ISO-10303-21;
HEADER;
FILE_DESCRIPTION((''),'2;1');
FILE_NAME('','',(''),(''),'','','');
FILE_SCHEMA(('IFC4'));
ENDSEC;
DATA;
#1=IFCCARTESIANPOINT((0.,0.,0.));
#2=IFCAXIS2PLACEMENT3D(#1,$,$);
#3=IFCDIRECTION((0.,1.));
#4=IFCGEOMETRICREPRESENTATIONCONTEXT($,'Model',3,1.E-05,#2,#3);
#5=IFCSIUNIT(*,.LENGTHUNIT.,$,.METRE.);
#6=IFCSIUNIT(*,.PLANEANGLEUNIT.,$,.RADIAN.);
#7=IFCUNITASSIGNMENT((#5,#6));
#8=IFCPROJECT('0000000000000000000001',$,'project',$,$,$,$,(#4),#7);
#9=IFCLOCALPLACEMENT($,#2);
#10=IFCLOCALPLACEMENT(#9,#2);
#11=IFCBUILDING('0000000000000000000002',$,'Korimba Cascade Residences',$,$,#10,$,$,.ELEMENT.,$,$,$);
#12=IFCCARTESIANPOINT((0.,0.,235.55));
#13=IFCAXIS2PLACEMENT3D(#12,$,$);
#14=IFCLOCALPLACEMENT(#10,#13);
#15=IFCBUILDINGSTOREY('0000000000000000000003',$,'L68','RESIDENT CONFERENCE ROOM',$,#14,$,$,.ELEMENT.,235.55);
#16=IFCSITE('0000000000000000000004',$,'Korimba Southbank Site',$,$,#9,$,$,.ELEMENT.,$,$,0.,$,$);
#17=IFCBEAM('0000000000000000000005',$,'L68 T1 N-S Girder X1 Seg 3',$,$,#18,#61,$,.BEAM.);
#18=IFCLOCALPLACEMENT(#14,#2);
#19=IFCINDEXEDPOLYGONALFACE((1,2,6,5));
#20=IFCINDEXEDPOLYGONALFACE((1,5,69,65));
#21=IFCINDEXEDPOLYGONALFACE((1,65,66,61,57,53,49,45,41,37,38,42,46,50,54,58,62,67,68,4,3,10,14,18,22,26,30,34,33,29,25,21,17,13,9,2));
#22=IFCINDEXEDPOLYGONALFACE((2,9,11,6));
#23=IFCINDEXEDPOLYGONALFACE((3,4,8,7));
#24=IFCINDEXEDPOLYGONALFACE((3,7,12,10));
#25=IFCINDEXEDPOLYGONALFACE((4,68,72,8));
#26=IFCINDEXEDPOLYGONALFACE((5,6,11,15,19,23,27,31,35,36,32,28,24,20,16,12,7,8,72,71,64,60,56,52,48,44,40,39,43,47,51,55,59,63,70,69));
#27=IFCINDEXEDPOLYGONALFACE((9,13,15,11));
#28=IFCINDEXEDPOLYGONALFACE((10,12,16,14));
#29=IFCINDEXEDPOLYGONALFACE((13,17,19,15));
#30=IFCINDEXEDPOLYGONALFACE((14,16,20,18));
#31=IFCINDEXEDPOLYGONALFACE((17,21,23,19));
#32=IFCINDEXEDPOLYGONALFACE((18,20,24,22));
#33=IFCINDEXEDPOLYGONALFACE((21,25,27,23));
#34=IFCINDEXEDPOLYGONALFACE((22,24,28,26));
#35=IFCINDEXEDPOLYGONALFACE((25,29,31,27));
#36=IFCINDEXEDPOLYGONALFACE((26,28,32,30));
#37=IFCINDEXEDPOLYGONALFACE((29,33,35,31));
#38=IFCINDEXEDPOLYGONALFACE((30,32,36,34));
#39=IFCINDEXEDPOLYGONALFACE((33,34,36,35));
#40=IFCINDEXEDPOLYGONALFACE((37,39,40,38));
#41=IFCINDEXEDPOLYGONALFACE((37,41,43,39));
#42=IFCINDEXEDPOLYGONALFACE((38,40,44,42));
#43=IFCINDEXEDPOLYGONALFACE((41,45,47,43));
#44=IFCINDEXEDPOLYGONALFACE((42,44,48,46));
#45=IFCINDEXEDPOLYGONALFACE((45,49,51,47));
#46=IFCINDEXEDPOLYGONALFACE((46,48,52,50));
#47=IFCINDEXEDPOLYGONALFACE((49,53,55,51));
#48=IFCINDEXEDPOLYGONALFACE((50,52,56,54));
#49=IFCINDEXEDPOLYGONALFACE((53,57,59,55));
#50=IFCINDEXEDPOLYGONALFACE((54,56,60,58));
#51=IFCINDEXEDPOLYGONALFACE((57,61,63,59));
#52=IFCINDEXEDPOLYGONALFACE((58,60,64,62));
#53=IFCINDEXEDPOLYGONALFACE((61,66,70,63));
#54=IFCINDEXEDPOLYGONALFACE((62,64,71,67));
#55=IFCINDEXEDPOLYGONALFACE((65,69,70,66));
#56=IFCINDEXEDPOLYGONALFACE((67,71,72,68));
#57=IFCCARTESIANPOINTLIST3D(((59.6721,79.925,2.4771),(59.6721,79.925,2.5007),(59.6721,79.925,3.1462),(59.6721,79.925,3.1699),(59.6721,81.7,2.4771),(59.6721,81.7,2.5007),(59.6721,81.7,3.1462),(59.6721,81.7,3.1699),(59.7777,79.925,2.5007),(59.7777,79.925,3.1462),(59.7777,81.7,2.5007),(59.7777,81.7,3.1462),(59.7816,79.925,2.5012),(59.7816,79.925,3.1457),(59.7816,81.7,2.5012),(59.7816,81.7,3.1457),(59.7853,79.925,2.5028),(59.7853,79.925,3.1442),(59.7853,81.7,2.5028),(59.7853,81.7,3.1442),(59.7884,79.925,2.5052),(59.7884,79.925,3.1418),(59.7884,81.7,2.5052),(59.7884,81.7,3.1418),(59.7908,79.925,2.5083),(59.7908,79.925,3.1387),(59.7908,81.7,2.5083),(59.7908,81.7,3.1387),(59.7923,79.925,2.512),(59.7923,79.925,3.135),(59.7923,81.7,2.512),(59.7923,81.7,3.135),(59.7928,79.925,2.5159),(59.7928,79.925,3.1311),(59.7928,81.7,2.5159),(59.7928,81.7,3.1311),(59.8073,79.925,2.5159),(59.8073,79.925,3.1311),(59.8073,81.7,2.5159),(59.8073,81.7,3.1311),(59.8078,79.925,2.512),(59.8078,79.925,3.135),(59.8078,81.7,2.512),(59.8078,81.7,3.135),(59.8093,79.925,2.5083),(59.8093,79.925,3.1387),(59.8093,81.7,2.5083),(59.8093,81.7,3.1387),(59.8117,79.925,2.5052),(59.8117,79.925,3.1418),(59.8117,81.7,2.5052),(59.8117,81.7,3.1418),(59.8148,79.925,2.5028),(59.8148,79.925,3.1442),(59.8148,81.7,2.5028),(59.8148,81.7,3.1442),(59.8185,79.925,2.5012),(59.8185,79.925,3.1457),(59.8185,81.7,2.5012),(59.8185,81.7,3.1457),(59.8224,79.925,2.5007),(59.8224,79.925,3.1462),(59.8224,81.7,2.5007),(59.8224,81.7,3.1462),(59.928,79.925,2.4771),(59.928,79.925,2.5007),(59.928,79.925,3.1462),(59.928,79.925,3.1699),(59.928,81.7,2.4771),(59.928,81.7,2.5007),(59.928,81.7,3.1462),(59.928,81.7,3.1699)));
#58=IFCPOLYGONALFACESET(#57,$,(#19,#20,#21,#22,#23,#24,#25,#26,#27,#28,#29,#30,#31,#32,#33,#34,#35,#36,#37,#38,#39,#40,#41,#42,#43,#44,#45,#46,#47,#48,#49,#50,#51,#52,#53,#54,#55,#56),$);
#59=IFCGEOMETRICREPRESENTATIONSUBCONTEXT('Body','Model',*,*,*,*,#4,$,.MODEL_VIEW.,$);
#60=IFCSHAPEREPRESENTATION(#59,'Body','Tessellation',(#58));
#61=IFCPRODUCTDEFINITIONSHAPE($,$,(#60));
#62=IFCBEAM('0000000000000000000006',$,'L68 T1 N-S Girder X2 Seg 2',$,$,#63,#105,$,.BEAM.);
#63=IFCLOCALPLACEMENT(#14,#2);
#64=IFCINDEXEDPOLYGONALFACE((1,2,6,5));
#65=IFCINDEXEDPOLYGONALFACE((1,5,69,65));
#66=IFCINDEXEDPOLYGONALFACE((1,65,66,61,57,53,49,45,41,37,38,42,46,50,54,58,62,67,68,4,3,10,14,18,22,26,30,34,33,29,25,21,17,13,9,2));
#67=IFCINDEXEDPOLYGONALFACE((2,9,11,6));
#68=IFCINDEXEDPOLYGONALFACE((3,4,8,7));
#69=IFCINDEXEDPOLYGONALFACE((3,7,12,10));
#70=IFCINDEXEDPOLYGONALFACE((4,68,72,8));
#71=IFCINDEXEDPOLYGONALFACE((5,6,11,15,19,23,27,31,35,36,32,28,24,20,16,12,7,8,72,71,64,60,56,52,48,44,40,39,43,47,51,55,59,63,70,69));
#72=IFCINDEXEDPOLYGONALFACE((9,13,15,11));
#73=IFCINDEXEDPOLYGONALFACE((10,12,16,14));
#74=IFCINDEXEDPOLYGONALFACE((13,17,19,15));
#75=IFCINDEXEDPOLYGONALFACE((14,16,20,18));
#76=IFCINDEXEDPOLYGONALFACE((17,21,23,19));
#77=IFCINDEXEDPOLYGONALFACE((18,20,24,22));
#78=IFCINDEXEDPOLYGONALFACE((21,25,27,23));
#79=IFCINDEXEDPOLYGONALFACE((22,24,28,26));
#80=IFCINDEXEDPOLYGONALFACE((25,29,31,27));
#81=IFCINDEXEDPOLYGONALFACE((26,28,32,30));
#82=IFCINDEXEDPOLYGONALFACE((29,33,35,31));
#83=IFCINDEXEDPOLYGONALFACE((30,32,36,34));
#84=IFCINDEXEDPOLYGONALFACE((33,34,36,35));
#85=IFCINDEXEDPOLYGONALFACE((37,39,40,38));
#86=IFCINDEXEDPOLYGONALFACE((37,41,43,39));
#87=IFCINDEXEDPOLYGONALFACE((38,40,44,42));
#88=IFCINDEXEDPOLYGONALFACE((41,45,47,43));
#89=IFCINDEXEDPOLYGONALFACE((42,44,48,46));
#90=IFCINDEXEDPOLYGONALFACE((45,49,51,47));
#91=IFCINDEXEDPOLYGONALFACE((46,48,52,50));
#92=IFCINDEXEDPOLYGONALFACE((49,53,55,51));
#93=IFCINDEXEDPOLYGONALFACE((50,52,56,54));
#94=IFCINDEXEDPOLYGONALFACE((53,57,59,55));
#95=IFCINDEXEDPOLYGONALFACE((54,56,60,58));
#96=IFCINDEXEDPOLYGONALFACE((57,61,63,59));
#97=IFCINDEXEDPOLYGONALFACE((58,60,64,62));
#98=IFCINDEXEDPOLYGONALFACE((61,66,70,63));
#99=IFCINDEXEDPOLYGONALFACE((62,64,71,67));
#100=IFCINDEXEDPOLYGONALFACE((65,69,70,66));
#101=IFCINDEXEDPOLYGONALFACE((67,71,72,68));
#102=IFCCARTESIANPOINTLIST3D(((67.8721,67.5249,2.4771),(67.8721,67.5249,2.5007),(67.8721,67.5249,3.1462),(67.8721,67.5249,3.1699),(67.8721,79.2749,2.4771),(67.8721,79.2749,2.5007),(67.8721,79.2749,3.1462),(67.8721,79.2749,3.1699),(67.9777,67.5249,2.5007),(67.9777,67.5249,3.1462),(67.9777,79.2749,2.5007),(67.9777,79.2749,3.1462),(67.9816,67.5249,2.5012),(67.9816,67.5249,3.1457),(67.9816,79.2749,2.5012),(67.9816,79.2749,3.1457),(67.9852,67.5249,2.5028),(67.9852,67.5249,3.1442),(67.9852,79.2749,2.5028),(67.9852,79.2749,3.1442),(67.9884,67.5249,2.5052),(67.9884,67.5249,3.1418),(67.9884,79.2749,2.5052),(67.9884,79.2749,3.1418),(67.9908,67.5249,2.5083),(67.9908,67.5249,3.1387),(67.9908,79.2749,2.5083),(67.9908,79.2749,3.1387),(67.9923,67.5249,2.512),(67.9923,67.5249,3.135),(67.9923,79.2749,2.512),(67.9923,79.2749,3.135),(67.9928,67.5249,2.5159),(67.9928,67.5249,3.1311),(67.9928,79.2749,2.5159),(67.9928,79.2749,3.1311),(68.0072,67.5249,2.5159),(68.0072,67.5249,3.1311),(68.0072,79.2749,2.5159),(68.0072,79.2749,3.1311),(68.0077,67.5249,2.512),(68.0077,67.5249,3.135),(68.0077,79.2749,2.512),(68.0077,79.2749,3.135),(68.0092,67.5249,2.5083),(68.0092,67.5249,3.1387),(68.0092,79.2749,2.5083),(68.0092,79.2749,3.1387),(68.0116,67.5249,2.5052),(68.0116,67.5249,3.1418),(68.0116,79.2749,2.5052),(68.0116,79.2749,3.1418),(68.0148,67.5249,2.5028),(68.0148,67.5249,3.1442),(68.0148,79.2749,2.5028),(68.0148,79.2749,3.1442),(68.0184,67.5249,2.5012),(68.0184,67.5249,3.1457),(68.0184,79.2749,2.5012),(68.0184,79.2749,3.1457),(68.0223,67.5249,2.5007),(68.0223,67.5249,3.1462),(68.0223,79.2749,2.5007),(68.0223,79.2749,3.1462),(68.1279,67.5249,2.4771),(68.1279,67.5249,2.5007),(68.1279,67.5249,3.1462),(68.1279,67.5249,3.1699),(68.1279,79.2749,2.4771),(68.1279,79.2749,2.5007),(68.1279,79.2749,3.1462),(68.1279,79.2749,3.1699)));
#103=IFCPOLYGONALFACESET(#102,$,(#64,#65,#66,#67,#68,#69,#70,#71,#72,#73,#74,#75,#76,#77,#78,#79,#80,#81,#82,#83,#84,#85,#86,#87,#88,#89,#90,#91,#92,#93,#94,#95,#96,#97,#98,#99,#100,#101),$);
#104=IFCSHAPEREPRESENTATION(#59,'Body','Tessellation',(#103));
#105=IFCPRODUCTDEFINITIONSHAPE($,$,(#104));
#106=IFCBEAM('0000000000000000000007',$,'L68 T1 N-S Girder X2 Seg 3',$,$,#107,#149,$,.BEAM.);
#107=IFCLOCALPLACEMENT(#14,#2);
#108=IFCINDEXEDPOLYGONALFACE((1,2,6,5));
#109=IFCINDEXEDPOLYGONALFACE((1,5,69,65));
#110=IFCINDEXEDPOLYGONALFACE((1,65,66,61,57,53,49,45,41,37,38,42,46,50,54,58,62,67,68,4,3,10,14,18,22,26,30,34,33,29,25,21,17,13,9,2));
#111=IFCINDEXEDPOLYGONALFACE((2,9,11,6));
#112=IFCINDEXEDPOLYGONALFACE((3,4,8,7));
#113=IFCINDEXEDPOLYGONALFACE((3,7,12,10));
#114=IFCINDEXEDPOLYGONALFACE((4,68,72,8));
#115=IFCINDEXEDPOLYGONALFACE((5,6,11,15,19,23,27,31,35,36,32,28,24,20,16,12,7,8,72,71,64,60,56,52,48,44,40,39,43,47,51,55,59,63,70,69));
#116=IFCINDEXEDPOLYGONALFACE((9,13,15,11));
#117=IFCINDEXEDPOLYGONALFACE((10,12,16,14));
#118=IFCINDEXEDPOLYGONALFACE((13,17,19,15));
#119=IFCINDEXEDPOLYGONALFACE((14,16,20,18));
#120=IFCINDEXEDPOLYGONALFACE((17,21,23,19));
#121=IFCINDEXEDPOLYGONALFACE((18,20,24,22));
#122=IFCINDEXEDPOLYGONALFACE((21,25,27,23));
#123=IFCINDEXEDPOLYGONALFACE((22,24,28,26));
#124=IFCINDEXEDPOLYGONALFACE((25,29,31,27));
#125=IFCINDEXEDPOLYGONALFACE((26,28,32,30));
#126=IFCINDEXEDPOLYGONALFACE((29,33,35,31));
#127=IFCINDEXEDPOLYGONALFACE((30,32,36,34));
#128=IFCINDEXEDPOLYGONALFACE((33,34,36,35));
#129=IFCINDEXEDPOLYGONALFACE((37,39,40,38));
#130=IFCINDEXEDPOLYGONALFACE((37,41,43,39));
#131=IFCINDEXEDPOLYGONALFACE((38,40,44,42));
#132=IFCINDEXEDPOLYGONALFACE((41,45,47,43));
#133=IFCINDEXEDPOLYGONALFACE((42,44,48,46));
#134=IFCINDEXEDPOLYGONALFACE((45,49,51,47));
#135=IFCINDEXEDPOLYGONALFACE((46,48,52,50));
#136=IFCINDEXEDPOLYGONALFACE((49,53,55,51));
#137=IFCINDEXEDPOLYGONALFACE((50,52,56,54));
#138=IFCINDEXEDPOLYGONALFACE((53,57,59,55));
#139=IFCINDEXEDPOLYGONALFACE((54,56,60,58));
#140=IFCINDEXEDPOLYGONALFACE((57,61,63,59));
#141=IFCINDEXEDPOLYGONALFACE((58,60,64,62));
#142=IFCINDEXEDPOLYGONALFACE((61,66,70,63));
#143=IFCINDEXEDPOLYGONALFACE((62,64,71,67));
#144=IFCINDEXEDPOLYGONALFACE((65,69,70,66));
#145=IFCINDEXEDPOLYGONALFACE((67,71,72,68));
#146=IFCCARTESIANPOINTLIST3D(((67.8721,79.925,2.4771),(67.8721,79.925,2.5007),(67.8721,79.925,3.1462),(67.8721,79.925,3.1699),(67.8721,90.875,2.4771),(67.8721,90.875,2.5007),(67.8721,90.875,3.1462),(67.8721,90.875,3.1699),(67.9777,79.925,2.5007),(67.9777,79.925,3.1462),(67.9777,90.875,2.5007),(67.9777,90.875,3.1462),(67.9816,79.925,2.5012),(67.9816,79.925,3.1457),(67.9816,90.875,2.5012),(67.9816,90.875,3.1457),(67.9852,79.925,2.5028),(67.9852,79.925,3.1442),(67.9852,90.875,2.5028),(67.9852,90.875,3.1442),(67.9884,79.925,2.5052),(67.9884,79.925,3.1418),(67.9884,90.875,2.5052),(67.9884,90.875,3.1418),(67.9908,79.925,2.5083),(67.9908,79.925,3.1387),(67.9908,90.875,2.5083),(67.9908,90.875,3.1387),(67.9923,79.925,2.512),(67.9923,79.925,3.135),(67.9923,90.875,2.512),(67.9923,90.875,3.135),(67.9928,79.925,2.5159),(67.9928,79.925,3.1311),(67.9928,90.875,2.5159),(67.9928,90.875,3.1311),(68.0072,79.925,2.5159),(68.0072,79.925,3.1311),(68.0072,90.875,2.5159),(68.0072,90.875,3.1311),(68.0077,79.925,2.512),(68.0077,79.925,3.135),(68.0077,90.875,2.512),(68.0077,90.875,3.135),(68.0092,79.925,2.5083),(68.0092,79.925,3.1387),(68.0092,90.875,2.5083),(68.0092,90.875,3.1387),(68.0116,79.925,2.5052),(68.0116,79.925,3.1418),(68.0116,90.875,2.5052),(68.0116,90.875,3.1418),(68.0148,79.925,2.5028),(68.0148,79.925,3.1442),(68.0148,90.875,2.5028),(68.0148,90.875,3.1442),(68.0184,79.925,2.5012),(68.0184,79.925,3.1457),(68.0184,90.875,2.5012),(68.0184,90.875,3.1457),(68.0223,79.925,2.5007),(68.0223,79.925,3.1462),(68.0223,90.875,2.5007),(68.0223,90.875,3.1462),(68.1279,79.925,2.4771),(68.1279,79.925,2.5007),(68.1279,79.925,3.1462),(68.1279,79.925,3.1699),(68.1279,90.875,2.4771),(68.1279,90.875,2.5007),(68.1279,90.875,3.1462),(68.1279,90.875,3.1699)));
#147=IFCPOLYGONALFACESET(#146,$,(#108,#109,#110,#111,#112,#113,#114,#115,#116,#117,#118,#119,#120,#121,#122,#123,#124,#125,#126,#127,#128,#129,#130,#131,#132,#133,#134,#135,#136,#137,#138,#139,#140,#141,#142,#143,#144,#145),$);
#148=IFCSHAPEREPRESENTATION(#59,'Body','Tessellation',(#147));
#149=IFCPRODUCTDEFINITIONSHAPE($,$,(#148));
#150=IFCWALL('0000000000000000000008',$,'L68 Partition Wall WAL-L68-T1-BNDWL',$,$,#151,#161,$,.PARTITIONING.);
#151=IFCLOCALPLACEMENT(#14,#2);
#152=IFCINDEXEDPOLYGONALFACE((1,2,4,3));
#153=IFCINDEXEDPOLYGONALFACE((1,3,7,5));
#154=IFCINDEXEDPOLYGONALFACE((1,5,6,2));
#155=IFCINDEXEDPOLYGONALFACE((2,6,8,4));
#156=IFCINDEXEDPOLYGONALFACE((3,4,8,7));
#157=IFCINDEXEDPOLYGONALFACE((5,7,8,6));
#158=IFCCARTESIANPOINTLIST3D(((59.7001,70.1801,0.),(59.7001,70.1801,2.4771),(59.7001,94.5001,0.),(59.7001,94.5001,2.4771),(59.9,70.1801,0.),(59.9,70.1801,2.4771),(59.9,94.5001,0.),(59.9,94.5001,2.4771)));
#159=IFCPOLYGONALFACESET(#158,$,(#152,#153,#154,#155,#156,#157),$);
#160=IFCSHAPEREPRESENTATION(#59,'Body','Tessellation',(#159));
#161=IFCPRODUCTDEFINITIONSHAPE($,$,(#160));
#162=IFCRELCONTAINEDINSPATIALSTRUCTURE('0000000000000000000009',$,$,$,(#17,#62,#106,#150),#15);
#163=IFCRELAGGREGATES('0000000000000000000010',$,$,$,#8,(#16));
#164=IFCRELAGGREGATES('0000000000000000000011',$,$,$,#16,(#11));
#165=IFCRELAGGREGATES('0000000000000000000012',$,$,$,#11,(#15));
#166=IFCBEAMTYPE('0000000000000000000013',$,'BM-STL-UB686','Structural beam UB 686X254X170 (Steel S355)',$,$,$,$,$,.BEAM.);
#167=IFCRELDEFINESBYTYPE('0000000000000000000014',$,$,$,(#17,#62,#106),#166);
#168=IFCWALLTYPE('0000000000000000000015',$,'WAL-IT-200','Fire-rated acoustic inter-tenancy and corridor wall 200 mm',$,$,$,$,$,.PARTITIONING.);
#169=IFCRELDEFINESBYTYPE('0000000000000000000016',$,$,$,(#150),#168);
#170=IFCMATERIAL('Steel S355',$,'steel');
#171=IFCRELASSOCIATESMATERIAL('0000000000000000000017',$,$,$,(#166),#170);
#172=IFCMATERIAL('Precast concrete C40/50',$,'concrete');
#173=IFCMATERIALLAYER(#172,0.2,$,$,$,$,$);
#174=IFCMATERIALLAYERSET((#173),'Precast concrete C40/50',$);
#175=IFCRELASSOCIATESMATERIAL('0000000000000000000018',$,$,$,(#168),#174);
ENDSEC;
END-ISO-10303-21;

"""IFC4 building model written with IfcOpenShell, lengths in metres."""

from ifc_helpers import new_model, si_unit, direction, frame, frame_2d, origin, origin_2d, place, context, subcontext, project, spatial, rectangle, i_section, extrude, material, layer, layer_set, material_profile, profile_set, type_object, element, save


model = new_model("IFC4")

# Units and contexts
model_context = context("Model", 3, precision=1e-05, world=origin(), true_north=direction((0.0, 1.0)))
body_context = subcontext(model_context, "Body", "Model", "MODEL_VIEW")
ifc_project = project(units=[si_unit("LENGTHUNIT", "METRE"), si_unit("PLANEANGLEUNIT", "RADIAN")], contexts=[model_context])

# Site, building, storey
site_placement = place(None, origin())
site = spatial("IfcSite", under=ifc_project, at=site_placement, Name="Korimba Southbank Site", CompositionType="ELEMENT", RefElevation=0.0)
building_placement = place(site_placement, origin())
building = spatial("IfcBuilding", under=site, at=building_placement, Name="Korimba Cascade Residences", CompositionType="ELEMENT")
storey_placement = place(building_placement, frame((0.0, 0.0, 235.55)))
storey = spatial("IfcBuildingStorey", under=building, at=storey_placement, Name="L68", Description="RESIDENT CONFERENCE ROOM", CompositionType="ELEMENT", Elevation=235.55)

# Beams
ifc_material_1 = material(Name="Steel S355", Category="steel")
ifc_material_profile_1 = material_profile(ifc_material_1, i_section(OverallWidth=0.2559, OverallDepth=0.6929, WebThickness=0.0144, FlangeThickness=0.0237, FilletRadius=0.0151, at=origin_2d()), Name="Steel S355")
ifc_profile_set_1 = profile_set([ifc_material_profile_1], Name="Steel S355")
beam_type_1 = type_object("IfcBeamType", Name="BM-STL-UB686", Description="Structural beam UB 686X254X170 (Steel S355)", PredefinedType="BEAM", material=ifc_profile_set_1)
beam_1_placement = place(storey_placement, frame((59.8, 79.925, 2.8235), z_axis=(0.0, 1.0, 0.0), x_axis=(-1.0, 0.0, 0.0)))
element("IfcBeam", 1, at=beam_1_placement, inside=storey, type_object=beam_type_1, Name="L68 T1 N-S Girder X1 Seg 3", PredefinedType="BEAM", context=body_context, shape_type="SweptSolid", body=[
    extrude(i_section(OverallWidth=0.2559, OverallDepth=0.6929, WebThickness=0.0144, FlangeThickness=0.0237, FilletRadius=0.0151, at=origin_2d()), origin(), (0.0, 0.0, 1.0), 1.7749),
])
beam_2_placement = place(storey_placement, frame((68.0, 67.5249, 2.8235), z_axis=(0.0, 1.0, 0.0), x_axis=(-1.0, 0.0, 0.0)))
element("IfcBeam", 2, at=beam_2_placement, inside=storey, type_object=beam_type_1, Name="L68 T1 N-S Girder X2 Seg 2", PredefinedType="BEAM", context=body_context, shape_type="SweptSolid", body=[
    extrude(i_section(OverallWidth=0.2559, OverallDepth=0.6929, WebThickness=0.0144, FlangeThickness=0.0237, FilletRadius=0.0151, at=origin_2d()), origin(), (0.0, 0.0, 1.0), 11.75),
])
beam_3_placement = place(storey_placement, frame((68.0, 79.925, 2.8235), z_axis=(0.0, 1.0, 0.0), x_axis=(-1.0, 0.0, 0.0)))
element("IfcBeam", 3, at=beam_3_placement, inside=storey, type_object=beam_type_1, Name="L68 T1 N-S Girder X2 Seg 3", PredefinedType="BEAM", context=body_context, shape_type="SweptSolid", body=[
    extrude(i_section(OverallWidth=0.2559, OverallDepth=0.6929, WebThickness=0.0144, FlangeThickness=0.0237, FilletRadius=0.0151, at=origin_2d()), origin(), (0.0, 0.0, 1.0), 10.95),
])

# Wall
ifc_material_2 = material(Name="Precast concrete C40/50", Category="concrete")
ifc_layer_1 = layer(ifc_material_2, 0.2)
ifc_layer_set_1 = layer_set([ifc_layer_1], Name="Precast concrete C40/50")
wall_type_1 = type_object("IfcWallType", Name="WAL-IT-200", Description="Fire-rated acoustic inter-tenancy and corridor wall 200 mm", PredefinedType="PARTITIONING", material=ifc_layer_set_1)
wall_1_placement = place(storey_placement, frame((59.8, 70.1799, 0.0), z_axis=(0.0, 0.0, 1.0), x_axis=(0.0, 1.0, 0.0)))
element("IfcWall", 4, at=wall_1_placement, inside=storey, type_object=wall_type_1, Name="L68 Partition Wall WAL-L68-T1-BNDWL", PredefinedType="PARTITIONING", context=body_context, shape_type="SweptSolid", body=[
    extrude(rectangle(XDim=24.3201, YDim=0.2, at=frame_2d((12.1602, 0.0))), origin(), (0.0, 0.0, 1.0), 2.4771),
])

save(model, "model.ifc")
